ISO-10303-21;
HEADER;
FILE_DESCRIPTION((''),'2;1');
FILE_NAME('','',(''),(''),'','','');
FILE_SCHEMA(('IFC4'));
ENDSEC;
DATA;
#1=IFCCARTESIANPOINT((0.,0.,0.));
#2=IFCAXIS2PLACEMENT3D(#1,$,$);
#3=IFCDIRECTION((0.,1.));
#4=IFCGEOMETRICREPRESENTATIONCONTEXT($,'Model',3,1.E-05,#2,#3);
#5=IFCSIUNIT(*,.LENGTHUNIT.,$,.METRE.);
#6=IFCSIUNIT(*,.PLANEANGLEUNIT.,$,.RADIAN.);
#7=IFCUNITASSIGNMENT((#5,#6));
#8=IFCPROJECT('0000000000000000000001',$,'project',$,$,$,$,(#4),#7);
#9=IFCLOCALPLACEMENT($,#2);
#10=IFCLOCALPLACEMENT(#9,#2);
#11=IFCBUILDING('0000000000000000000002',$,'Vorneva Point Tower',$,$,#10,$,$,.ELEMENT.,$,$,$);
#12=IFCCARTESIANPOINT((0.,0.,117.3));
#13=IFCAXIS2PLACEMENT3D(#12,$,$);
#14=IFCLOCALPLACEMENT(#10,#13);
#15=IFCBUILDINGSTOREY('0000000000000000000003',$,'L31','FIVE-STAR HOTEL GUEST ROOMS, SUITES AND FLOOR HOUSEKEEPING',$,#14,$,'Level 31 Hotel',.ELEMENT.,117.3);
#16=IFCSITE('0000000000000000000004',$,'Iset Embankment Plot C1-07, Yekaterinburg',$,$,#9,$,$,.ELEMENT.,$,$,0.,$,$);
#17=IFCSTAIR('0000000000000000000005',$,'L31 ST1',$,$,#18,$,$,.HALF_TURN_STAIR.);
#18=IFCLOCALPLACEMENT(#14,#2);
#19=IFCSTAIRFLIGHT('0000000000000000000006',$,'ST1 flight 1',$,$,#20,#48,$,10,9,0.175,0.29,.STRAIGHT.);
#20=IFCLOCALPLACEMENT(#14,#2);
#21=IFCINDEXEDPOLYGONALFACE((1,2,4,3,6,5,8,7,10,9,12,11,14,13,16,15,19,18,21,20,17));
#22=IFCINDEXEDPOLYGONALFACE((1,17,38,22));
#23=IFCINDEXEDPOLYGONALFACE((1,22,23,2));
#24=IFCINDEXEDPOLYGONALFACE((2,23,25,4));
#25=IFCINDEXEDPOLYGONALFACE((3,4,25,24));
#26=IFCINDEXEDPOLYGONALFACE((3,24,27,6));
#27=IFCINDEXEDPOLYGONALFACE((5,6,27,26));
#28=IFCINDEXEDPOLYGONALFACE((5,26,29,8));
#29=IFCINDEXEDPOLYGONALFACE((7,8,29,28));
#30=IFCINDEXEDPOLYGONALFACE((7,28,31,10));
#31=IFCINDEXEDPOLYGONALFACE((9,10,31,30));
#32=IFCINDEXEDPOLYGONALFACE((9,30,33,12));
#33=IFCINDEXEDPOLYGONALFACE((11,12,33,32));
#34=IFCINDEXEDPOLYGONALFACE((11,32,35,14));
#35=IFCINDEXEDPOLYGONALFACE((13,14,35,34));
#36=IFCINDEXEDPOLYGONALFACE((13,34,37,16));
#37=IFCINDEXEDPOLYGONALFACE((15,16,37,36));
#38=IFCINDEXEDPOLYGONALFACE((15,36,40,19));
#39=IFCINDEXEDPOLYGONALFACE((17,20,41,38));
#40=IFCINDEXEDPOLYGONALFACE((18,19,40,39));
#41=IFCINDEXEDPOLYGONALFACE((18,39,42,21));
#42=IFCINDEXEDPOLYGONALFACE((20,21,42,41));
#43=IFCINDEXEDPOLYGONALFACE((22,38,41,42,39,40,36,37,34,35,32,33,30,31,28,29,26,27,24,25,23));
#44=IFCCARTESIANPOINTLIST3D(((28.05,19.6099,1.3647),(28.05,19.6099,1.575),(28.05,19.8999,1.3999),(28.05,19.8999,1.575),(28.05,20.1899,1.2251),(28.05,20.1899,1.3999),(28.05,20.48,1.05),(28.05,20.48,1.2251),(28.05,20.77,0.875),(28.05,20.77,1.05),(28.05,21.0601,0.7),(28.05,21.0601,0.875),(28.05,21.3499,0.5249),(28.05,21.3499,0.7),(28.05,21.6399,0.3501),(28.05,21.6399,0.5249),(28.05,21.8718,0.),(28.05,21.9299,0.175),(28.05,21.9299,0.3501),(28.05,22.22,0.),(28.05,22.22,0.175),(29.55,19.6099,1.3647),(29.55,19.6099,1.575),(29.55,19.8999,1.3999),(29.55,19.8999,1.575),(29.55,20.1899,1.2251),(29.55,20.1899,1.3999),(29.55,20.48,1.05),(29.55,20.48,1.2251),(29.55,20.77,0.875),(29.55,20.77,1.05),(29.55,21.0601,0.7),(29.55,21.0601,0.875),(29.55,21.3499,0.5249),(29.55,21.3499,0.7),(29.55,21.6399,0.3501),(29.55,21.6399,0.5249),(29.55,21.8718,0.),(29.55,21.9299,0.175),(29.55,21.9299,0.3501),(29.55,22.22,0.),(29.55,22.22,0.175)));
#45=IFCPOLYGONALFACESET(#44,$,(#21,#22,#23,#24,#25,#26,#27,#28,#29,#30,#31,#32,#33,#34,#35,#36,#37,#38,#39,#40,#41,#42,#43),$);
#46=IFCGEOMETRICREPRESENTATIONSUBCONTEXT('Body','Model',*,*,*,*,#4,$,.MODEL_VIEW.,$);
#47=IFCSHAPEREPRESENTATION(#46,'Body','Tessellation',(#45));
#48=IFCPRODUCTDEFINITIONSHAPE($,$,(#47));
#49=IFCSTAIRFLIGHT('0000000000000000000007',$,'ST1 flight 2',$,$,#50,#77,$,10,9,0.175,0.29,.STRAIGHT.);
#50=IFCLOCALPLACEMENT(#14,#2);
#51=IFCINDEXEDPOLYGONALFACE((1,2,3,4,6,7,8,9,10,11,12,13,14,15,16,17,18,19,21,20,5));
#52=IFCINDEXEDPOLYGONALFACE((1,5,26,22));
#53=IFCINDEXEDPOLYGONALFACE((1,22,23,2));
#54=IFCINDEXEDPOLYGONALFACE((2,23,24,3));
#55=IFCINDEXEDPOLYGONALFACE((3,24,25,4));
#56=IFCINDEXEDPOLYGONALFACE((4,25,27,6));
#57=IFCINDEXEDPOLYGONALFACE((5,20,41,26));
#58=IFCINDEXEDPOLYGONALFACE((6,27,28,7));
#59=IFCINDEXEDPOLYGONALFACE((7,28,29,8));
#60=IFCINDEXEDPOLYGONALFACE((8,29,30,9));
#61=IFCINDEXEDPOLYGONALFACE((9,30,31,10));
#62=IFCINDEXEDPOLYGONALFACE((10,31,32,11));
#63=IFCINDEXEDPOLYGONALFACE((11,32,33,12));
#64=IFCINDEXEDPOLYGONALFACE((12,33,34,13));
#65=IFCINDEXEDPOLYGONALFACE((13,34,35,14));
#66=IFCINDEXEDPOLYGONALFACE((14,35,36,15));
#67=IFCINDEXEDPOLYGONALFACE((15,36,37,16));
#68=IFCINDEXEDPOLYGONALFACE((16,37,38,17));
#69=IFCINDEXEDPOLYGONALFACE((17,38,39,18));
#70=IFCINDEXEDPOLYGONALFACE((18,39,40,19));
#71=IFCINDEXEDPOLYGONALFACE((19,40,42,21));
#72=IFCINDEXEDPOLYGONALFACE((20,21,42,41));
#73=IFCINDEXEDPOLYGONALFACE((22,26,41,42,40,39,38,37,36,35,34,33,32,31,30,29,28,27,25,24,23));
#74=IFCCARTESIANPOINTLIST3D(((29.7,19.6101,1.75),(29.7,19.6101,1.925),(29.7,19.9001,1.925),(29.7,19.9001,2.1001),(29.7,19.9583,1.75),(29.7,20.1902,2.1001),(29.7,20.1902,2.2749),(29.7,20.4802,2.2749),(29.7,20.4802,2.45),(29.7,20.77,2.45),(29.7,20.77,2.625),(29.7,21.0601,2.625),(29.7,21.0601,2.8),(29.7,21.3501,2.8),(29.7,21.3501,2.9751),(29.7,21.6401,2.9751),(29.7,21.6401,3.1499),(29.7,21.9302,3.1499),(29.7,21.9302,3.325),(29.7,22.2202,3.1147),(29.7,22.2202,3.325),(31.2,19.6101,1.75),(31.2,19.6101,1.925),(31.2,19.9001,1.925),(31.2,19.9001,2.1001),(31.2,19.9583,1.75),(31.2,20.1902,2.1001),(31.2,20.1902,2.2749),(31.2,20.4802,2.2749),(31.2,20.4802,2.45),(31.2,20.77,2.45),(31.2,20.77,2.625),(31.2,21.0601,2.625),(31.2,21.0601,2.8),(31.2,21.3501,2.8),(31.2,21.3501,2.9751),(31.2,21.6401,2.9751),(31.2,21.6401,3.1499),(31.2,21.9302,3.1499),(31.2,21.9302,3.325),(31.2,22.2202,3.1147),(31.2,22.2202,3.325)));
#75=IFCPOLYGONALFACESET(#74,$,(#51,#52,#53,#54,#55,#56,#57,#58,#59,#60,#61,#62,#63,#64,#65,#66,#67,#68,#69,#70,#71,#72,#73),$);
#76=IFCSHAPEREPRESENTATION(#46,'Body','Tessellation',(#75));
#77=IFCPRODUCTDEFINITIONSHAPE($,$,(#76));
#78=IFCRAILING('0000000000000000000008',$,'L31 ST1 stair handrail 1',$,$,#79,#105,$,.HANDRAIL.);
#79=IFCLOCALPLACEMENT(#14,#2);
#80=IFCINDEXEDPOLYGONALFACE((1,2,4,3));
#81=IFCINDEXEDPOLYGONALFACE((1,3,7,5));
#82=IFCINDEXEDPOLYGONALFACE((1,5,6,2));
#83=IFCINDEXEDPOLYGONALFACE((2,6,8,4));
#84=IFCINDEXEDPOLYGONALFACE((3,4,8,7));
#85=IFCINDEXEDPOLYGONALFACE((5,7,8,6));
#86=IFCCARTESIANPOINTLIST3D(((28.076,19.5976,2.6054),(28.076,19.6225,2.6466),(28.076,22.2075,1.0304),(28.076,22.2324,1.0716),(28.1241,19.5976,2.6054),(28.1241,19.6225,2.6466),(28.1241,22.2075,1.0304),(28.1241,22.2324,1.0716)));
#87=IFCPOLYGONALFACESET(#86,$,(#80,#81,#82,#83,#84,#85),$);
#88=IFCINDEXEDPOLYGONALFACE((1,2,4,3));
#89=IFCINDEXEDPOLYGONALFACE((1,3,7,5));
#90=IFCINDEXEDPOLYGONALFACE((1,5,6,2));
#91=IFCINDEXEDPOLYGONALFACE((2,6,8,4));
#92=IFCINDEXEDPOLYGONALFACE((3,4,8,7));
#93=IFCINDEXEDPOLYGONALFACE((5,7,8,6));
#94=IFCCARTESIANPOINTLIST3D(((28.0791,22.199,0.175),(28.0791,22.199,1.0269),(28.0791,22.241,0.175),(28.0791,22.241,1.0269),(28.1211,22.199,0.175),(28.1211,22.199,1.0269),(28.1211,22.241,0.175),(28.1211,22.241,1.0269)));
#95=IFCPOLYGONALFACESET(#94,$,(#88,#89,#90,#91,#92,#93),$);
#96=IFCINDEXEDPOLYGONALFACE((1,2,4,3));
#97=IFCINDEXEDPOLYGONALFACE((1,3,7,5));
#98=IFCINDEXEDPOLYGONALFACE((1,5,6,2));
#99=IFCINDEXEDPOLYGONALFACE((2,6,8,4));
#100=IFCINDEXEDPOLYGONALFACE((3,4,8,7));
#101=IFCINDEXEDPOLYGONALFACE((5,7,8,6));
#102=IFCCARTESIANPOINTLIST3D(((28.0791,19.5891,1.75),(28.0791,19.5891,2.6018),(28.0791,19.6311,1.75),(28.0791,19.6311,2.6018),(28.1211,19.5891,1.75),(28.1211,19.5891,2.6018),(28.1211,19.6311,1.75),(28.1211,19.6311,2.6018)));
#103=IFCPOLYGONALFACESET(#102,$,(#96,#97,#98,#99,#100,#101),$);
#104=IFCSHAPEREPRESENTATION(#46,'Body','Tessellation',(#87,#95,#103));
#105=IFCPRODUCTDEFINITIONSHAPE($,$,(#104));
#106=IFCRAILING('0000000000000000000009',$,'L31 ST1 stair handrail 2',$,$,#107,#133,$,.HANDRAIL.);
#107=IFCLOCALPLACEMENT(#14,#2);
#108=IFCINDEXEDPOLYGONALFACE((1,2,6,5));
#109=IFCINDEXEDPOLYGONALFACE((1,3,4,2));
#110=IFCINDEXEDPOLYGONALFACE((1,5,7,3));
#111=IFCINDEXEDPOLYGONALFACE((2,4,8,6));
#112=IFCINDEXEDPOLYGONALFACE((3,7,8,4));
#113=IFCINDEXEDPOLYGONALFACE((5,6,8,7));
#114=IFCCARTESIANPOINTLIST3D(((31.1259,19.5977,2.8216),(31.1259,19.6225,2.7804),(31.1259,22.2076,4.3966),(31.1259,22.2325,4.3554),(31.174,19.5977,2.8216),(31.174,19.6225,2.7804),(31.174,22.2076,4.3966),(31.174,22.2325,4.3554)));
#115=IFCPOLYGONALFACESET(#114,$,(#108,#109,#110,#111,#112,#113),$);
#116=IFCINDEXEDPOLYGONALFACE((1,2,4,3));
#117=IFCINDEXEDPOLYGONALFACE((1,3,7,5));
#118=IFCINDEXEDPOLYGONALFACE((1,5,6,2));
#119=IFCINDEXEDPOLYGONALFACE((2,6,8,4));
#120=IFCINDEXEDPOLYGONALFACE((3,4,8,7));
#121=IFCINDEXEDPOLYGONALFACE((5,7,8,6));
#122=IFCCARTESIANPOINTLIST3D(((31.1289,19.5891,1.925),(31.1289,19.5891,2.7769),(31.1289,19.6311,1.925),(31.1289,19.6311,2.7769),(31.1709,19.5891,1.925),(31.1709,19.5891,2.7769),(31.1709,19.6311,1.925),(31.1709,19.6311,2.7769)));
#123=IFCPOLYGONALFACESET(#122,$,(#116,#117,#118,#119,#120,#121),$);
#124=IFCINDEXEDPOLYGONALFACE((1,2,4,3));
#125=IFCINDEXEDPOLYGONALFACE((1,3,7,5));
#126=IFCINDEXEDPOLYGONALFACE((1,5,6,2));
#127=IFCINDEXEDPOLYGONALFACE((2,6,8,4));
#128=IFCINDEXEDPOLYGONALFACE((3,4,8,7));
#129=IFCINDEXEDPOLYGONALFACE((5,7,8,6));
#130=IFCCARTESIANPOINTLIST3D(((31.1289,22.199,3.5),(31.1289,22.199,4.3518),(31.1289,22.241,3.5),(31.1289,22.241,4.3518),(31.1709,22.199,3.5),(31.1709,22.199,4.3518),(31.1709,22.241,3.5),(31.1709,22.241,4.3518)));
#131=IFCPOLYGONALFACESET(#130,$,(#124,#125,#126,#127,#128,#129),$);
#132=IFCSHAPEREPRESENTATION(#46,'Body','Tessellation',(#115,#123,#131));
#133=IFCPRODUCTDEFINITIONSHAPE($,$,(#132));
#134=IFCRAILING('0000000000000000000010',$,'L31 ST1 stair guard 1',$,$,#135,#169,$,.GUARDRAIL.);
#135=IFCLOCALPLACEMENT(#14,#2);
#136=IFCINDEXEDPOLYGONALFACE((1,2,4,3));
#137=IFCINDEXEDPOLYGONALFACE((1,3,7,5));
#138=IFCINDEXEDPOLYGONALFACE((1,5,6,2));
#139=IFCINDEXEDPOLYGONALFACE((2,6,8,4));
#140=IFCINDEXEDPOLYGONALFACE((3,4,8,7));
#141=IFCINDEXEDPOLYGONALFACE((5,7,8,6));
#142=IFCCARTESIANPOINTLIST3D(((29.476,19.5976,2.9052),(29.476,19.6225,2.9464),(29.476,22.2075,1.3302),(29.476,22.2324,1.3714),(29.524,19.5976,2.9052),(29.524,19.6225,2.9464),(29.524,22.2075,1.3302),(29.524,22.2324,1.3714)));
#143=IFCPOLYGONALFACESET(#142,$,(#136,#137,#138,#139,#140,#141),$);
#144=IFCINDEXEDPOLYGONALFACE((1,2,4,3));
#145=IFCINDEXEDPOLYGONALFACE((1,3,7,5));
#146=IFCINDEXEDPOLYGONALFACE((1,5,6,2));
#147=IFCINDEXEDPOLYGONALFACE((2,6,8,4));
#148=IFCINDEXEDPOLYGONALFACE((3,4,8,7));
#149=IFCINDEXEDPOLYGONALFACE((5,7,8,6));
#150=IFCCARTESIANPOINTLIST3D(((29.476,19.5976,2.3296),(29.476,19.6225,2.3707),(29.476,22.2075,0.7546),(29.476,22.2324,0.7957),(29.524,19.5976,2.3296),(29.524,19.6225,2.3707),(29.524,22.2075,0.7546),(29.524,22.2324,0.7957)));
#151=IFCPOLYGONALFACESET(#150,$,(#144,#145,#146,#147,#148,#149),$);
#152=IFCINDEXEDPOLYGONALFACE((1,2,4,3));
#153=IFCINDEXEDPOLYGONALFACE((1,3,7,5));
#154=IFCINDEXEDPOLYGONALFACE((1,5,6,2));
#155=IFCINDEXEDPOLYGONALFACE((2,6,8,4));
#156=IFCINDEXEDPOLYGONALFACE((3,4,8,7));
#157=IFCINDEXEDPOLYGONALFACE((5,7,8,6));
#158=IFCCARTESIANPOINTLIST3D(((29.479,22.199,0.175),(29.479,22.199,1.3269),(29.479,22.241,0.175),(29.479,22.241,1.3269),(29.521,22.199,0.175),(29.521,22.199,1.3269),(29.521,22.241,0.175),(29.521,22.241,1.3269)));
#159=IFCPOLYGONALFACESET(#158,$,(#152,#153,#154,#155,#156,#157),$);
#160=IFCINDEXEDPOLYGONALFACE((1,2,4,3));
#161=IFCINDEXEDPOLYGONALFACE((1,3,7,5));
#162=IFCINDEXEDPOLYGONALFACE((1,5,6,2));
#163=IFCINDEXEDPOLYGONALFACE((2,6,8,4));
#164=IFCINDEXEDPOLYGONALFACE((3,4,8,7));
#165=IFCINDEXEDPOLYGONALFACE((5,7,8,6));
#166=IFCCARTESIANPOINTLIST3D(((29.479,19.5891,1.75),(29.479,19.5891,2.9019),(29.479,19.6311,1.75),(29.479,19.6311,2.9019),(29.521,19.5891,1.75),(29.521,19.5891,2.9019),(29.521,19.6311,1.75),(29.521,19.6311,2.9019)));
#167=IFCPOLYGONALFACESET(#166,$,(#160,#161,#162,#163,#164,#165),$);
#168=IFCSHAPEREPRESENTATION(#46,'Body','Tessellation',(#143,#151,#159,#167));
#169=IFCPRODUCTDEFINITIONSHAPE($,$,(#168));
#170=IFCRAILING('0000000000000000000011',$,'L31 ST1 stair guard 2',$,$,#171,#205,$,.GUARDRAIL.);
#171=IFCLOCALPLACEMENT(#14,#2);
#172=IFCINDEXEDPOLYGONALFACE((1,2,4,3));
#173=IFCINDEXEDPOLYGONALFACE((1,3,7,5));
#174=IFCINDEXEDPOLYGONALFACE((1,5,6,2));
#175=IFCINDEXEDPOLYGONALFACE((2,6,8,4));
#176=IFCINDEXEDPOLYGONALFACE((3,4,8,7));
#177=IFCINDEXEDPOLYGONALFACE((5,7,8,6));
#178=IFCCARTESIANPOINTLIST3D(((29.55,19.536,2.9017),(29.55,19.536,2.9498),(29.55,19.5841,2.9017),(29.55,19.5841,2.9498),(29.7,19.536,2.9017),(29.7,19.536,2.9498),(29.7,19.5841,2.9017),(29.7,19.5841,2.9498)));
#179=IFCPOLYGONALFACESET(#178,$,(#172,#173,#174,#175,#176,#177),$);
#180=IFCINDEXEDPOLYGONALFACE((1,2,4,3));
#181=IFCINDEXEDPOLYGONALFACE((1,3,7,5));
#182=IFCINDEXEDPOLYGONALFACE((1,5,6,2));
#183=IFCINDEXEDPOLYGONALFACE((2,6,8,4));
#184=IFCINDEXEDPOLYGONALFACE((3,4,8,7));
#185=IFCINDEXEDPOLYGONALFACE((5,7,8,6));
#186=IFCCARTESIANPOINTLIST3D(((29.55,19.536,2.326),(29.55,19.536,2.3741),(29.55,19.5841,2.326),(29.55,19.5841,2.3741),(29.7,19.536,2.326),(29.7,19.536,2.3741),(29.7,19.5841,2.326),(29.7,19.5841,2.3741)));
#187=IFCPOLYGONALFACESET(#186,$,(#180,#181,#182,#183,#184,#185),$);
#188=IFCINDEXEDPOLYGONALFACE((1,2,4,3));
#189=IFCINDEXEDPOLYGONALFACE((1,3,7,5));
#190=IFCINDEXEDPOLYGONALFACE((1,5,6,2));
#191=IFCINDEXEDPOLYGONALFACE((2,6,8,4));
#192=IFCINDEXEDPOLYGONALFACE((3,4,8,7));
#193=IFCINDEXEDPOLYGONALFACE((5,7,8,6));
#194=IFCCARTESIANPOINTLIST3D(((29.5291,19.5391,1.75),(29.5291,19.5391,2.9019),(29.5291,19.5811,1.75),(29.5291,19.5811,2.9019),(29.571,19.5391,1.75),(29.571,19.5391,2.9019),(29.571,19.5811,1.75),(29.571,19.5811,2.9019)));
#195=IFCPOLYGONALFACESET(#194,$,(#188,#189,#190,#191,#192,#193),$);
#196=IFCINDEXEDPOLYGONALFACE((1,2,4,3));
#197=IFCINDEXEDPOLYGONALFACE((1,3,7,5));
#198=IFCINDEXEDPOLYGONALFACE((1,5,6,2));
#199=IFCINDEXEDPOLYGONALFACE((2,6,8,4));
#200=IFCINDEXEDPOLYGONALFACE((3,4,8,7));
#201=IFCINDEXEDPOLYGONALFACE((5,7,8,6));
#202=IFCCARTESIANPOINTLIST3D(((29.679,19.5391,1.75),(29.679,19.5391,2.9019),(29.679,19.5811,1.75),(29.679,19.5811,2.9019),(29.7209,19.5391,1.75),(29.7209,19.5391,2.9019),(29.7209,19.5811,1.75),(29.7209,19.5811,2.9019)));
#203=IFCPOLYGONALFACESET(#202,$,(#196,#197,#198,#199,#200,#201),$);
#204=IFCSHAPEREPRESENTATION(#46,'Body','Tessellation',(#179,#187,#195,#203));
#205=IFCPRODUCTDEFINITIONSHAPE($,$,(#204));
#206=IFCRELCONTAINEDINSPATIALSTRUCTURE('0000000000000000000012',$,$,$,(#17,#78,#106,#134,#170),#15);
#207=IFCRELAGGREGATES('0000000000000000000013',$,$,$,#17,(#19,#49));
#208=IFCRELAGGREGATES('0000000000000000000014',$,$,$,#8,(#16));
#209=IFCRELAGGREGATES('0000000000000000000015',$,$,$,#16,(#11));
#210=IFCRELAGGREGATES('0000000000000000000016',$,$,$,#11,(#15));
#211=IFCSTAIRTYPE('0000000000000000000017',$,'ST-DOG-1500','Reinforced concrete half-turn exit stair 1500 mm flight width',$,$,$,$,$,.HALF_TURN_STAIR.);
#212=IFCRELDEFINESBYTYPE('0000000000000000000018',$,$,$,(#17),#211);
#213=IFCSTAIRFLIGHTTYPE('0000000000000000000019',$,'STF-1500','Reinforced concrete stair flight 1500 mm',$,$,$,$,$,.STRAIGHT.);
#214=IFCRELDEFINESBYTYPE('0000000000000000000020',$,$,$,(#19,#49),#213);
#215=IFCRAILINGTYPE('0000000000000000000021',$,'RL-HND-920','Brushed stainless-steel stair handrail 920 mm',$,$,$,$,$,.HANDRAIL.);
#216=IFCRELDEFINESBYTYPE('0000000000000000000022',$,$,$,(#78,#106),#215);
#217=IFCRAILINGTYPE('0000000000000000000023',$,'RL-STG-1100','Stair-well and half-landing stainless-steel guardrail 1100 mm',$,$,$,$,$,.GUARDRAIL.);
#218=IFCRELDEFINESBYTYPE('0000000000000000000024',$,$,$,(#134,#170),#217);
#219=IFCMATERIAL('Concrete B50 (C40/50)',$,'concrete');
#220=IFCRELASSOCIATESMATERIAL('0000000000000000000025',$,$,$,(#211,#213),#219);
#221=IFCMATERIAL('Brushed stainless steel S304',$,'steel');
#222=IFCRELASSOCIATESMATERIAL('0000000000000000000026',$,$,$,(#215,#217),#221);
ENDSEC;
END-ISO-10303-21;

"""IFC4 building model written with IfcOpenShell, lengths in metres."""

from ifc_helpers import new_model, si_unit, direction, frame, origin, origin_2d, place, context, subcontext, project, spatial, polyline, rectangle, outline, extrude, material, type_object, element, aggregate, save


model = new_model("IFC4")

# Units and contexts
model_context = context("Model", 3, precision=1e-05, world=origin(), true_north=direction((0.0, 1.0)))
body_context = subcontext(model_context, "Body", "Model", "MODEL_VIEW")
ifc_project = project(units=[si_unit("LENGTHUNIT", "METRE"), si_unit("PLANEANGLEUNIT", "RADIAN")], contexts=[model_context])

# Site, building, storey
site_placement = place(None, origin())
site = spatial("IfcSite", under=ifc_project, at=site_placement, Name="Iset Embankment Plot C1-07, Yekaterinburg", CompositionType="ELEMENT", RefElevation=0.0)
building_placement = place(site_placement, origin())
building = spatial("IfcBuilding", under=site, at=building_placement, Name="Vorneva Point Tower", CompositionType="ELEMENT")
storey_placement = place(building_placement, frame((0.0, 0.0, 117.3)))
storey = spatial("IfcBuildingStorey", under=building, at=storey_placement, Name="L31", Description="FIVE-STAR HOTEL GUEST ROOMS, SUITES AND FLOOR HOUSEKEEPING", LongName="Level 31 Hotel", CompositionType="ELEMENT", Elevation=117.3)

# Shared definitions
ifc_material_1 = material(Name="Concrete B50 (C40/50)", Category="concrete")

# Stair, stair flights
stair_type = type_object("IfcStairType", Name="ST-DOG-1500", Description="Reinforced concrete half-turn exit stair 1500 mm flight width", PredefinedType="HALF_TURN_STAIR", material=ifc_material_1)
stair_placement = place(storey_placement, origin())
stair = element("IfcStair", 1, at=stair_placement, inside=storey, type_object=stair_type, Name="L31 ST1", PredefinedType="HALF_TURN_STAIR")
stair_flight_type = type_object("IfcStairFlightType", Name="STF-1500", Description="Reinforced concrete stair flight 1500 mm", PredefinedType="STRAIGHT", material=ifc_material_1)
stair_flight_1_placement = place(storey_placement, frame((28.8, 22.22, 0.0), z_axis=(0.0, 0.0, 1.0), x_axis=(0.0, -1.0, 0.0)))
stair_flight_1 = element("IfcStairFlight", 2, at=stair_flight_1_placement, type_object=stair_flight_type, Name="ST1 flight 1", NumberOfRisers=10, NumberOfTreads=9, PredefinedType="STRAIGHT", RiserHeight=0.175, TreadLength=0.29, context=body_context, shape_type="SweptSolid", body=[
    extrude(outline(polyline([(0.0, 0.0), (0.0, 0.175), (0.29, 0.175), (0.29, 0.3501), (0.5801, 0.3501), (0.5801, 0.5249), (0.8701, 0.5249), (0.8701, 0.7), (1.1599, 0.7), (1.1599, 0.875), (1.45, 0.875), (1.45, 1.05), (1.74, 1.05), (1.74, 1.2251), (2.03, 1.2251), (2.03, 1.3999), (2.3201, 1.3999), (2.3201, 1.575), (2.6101, 1.575), (2.6101, 1.75), (2.6101, 1.3647), (0.3481, 0.0), (0.0, 0.0)])), frame((0.0, 0.75, 0.0), z_axis=(0.0, -1.0, 0.0), x_axis=(1.0, 0.0, 0.0)), (0.0, 0.0, 1.0), 1.5),
])
stair_flight_2_placement = place(storey_placement, frame((30.45, 19.6101, 1.75), z_axis=(0.0, 0.0, 1.0), x_axis=(0.0, 1.0, 0.0)))
stair_flight_2 = element("IfcStairFlight", 3, at=stair_flight_2_placement, type_object=stair_flight_type, Name="ST1 flight 2", NumberOfRisers=10, NumberOfTreads=9, PredefinedType="STRAIGHT", RiserHeight=0.175, TreadLength=0.29, context=body_context, shape_type="SweptSolid", body=[
    extrude(outline(polyline([(0.0, 0.0), (0.0, 0.175), (0.29, 0.175), (0.29, 0.3501), (0.5801, 0.3501), (0.5801, 0.5249), (0.8701, 0.5249), (0.8701, 0.7), (1.1599, 0.7), (1.1599, 0.875), (1.45, 0.875), (1.45, 1.05), (1.74, 1.05), (1.74, 1.2251), (2.03, 1.2251), (2.03, 1.3999), (2.3201, 1.3999), (2.3201, 1.575), (2.6101, 1.575), (2.6101, 1.75), (2.6101, 1.3647), (0.3481, 0.0), (0.0, 0.0)])), frame((0.0, 0.75, 0.0), z_axis=(0.0, -1.0, 0.0), x_axis=(1.0, 0.0, 0.0)), (0.0, 0.0, 1.0), 1.5),
])
aggregate(stair, [stair_flight_1, stair_flight_2])

# Railings
ifc_material_2 = material(Name="Brushed stainless steel S304", Category="steel")
railing_type_1 = type_object("IfcRailingType", Name="RL-HND-920", Description="Brushed stainless-steel stair handrail 920 mm", PredefinedType="HANDRAIL", material=ifc_material_2)
railing_1_placement = place(storey_placement, frame((28.1001, 22.22, 0.175)))
element("IfcRailing", 4, at=railing_1_placement, inside=storey, type_object=railing_type_1, Name="L31 ST1 stair handrail 1", PredefinedType="HANDRAIL", context=body_context, shape_type="SweptSolid", body=[
    extrude(rectangle(XDim=0.0481, YDim=0.0481, at=origin_2d()), frame((0.0, 0.0, 0.876), z_axis=(0.0, -0.856183, 0.516673), x_axis=(1.0, 0.0, 0.0)), (0.0, 0.0, 1.0), 3.0483),
    extrude(rectangle(XDim=0.042, YDim=0.042, at=origin_2d()), origin(), (0.0, 0.0, 1.0), 0.8518),
    extrude(rectangle(XDim=0.042, YDim=0.042, at=origin_2d()), frame((0.0, -2.6099, 1.575)), (0.0, 0.0, 1.0), 0.8518),
])
railing_2_placement = place(storey_placement, frame((31.1499, 19.6101, 1.925)))
element("IfcRailing", 5, at=railing_2_placement, inside=storey, type_object=railing_type_1, Name="L31 ST1 stair handrail 2", PredefinedType="HANDRAIL", context=body_context, shape_type="SweptSolid", body=[
    extrude(rectangle(XDim=0.0481, YDim=0.0481, at=origin_2d()), frame((0.0, 0.0, 0.876), z_axis=(0.0, 0.856183, 0.516673), x_axis=(-1.0, 0.0, 0.0)), (0.0, 0.0, 1.0), 3.0483),
    extrude(rectangle(XDim=0.042, YDim=0.042, at=origin_2d()), origin(), (0.0, 0.0, 1.0), 0.8518),
    extrude(rectangle(XDim=0.042, YDim=0.042, at=origin_2d()), frame((0.0, 2.6099, 1.575)), (0.0, 0.0, 1.0), 0.8518),
])
railing_type_2 = type_object("IfcRailingType", Name="RL-STG-1100", Description="Stair-well and half-landing stainless-steel guardrail 1100 mm", PredefinedType="GUARDRAIL", material=ifc_material_2)
railing_3_placement = place(storey_placement, frame((29.5, 22.22, 0.175)))
element("IfcRailing", 6, at=railing_3_placement, inside=storey, type_object=railing_type_2, Name="L31 ST1 stair guard 1", PredefinedType="GUARDRAIL", context=body_context, shape_type="SweptSolid", body=[
    extrude(rectangle(XDim=0.0481, YDim=0.0481, at=origin_2d()), frame((0.0, 0.0, 1.1758), z_axis=(0.0, -0.856183, 0.516673), x_axis=(1.0, 0.0, 0.0)), (0.0, 0.0, 1.0), 3.0483),
    extrude(rectangle(XDim=0.0481, YDim=0.0481, at=origin_2d()), frame((0.0, 0.0, 0.6001), z_axis=(0.0, -0.856183, 0.516673), x_axis=(1.0, 0.0, 0.0)), (0.0, 0.0, 1.0), 3.0483),
    extrude(rectangle(XDim=0.042, YDim=0.042, at=origin_2d()), origin(), (0.0, 0.0, 1.0), 1.1519),
    extrude(rectangle(XDim=0.042, YDim=0.042, at=origin_2d()), frame((0.0, -2.6099, 1.575)), (0.0, 0.0, 1.0), 1.1519),
])
railing_4_placement = place(storey_placement, frame((29.55, 19.5601, 1.75)))
element("IfcRailing", 7, at=railing_4_placement, inside=storey, type_object=railing_type_2, Name="L31 ST1 stair guard 2", PredefinedType="GUARDRAIL", context=body_context, shape_type="SweptSolid", body=[
    extrude(rectangle(XDim=0.0481, YDim=0.0481, at=origin_2d()), frame((0.0, 0.0, 1.1758), z_axis=(1.0, 0.0, 0.0), x_axis=(0.0, 1.0, 0.0)), (0.0, 0.0, 1.0), 0.1499),
    extrude(rectangle(XDim=0.0481, YDim=0.0481, at=origin_2d()), frame((0.0, 0.0, 0.6001), z_axis=(1.0, 0.0, 0.0), x_axis=(0.0, 1.0, 0.0)), (0.0, 0.0, 1.0), 0.1499),
    extrude(rectangle(XDim=0.042, YDim=0.042, at=origin_2d()), origin(), (0.0, 0.0, 1.0), 1.1519),
    extrude(rectangle(XDim=0.042, YDim=0.042, at=origin_2d()), frame((0.1499, 0.0, 0.0)), (0.0, 0.0, 1.0), 1.1519),
])

save(model, "model.ifc")
